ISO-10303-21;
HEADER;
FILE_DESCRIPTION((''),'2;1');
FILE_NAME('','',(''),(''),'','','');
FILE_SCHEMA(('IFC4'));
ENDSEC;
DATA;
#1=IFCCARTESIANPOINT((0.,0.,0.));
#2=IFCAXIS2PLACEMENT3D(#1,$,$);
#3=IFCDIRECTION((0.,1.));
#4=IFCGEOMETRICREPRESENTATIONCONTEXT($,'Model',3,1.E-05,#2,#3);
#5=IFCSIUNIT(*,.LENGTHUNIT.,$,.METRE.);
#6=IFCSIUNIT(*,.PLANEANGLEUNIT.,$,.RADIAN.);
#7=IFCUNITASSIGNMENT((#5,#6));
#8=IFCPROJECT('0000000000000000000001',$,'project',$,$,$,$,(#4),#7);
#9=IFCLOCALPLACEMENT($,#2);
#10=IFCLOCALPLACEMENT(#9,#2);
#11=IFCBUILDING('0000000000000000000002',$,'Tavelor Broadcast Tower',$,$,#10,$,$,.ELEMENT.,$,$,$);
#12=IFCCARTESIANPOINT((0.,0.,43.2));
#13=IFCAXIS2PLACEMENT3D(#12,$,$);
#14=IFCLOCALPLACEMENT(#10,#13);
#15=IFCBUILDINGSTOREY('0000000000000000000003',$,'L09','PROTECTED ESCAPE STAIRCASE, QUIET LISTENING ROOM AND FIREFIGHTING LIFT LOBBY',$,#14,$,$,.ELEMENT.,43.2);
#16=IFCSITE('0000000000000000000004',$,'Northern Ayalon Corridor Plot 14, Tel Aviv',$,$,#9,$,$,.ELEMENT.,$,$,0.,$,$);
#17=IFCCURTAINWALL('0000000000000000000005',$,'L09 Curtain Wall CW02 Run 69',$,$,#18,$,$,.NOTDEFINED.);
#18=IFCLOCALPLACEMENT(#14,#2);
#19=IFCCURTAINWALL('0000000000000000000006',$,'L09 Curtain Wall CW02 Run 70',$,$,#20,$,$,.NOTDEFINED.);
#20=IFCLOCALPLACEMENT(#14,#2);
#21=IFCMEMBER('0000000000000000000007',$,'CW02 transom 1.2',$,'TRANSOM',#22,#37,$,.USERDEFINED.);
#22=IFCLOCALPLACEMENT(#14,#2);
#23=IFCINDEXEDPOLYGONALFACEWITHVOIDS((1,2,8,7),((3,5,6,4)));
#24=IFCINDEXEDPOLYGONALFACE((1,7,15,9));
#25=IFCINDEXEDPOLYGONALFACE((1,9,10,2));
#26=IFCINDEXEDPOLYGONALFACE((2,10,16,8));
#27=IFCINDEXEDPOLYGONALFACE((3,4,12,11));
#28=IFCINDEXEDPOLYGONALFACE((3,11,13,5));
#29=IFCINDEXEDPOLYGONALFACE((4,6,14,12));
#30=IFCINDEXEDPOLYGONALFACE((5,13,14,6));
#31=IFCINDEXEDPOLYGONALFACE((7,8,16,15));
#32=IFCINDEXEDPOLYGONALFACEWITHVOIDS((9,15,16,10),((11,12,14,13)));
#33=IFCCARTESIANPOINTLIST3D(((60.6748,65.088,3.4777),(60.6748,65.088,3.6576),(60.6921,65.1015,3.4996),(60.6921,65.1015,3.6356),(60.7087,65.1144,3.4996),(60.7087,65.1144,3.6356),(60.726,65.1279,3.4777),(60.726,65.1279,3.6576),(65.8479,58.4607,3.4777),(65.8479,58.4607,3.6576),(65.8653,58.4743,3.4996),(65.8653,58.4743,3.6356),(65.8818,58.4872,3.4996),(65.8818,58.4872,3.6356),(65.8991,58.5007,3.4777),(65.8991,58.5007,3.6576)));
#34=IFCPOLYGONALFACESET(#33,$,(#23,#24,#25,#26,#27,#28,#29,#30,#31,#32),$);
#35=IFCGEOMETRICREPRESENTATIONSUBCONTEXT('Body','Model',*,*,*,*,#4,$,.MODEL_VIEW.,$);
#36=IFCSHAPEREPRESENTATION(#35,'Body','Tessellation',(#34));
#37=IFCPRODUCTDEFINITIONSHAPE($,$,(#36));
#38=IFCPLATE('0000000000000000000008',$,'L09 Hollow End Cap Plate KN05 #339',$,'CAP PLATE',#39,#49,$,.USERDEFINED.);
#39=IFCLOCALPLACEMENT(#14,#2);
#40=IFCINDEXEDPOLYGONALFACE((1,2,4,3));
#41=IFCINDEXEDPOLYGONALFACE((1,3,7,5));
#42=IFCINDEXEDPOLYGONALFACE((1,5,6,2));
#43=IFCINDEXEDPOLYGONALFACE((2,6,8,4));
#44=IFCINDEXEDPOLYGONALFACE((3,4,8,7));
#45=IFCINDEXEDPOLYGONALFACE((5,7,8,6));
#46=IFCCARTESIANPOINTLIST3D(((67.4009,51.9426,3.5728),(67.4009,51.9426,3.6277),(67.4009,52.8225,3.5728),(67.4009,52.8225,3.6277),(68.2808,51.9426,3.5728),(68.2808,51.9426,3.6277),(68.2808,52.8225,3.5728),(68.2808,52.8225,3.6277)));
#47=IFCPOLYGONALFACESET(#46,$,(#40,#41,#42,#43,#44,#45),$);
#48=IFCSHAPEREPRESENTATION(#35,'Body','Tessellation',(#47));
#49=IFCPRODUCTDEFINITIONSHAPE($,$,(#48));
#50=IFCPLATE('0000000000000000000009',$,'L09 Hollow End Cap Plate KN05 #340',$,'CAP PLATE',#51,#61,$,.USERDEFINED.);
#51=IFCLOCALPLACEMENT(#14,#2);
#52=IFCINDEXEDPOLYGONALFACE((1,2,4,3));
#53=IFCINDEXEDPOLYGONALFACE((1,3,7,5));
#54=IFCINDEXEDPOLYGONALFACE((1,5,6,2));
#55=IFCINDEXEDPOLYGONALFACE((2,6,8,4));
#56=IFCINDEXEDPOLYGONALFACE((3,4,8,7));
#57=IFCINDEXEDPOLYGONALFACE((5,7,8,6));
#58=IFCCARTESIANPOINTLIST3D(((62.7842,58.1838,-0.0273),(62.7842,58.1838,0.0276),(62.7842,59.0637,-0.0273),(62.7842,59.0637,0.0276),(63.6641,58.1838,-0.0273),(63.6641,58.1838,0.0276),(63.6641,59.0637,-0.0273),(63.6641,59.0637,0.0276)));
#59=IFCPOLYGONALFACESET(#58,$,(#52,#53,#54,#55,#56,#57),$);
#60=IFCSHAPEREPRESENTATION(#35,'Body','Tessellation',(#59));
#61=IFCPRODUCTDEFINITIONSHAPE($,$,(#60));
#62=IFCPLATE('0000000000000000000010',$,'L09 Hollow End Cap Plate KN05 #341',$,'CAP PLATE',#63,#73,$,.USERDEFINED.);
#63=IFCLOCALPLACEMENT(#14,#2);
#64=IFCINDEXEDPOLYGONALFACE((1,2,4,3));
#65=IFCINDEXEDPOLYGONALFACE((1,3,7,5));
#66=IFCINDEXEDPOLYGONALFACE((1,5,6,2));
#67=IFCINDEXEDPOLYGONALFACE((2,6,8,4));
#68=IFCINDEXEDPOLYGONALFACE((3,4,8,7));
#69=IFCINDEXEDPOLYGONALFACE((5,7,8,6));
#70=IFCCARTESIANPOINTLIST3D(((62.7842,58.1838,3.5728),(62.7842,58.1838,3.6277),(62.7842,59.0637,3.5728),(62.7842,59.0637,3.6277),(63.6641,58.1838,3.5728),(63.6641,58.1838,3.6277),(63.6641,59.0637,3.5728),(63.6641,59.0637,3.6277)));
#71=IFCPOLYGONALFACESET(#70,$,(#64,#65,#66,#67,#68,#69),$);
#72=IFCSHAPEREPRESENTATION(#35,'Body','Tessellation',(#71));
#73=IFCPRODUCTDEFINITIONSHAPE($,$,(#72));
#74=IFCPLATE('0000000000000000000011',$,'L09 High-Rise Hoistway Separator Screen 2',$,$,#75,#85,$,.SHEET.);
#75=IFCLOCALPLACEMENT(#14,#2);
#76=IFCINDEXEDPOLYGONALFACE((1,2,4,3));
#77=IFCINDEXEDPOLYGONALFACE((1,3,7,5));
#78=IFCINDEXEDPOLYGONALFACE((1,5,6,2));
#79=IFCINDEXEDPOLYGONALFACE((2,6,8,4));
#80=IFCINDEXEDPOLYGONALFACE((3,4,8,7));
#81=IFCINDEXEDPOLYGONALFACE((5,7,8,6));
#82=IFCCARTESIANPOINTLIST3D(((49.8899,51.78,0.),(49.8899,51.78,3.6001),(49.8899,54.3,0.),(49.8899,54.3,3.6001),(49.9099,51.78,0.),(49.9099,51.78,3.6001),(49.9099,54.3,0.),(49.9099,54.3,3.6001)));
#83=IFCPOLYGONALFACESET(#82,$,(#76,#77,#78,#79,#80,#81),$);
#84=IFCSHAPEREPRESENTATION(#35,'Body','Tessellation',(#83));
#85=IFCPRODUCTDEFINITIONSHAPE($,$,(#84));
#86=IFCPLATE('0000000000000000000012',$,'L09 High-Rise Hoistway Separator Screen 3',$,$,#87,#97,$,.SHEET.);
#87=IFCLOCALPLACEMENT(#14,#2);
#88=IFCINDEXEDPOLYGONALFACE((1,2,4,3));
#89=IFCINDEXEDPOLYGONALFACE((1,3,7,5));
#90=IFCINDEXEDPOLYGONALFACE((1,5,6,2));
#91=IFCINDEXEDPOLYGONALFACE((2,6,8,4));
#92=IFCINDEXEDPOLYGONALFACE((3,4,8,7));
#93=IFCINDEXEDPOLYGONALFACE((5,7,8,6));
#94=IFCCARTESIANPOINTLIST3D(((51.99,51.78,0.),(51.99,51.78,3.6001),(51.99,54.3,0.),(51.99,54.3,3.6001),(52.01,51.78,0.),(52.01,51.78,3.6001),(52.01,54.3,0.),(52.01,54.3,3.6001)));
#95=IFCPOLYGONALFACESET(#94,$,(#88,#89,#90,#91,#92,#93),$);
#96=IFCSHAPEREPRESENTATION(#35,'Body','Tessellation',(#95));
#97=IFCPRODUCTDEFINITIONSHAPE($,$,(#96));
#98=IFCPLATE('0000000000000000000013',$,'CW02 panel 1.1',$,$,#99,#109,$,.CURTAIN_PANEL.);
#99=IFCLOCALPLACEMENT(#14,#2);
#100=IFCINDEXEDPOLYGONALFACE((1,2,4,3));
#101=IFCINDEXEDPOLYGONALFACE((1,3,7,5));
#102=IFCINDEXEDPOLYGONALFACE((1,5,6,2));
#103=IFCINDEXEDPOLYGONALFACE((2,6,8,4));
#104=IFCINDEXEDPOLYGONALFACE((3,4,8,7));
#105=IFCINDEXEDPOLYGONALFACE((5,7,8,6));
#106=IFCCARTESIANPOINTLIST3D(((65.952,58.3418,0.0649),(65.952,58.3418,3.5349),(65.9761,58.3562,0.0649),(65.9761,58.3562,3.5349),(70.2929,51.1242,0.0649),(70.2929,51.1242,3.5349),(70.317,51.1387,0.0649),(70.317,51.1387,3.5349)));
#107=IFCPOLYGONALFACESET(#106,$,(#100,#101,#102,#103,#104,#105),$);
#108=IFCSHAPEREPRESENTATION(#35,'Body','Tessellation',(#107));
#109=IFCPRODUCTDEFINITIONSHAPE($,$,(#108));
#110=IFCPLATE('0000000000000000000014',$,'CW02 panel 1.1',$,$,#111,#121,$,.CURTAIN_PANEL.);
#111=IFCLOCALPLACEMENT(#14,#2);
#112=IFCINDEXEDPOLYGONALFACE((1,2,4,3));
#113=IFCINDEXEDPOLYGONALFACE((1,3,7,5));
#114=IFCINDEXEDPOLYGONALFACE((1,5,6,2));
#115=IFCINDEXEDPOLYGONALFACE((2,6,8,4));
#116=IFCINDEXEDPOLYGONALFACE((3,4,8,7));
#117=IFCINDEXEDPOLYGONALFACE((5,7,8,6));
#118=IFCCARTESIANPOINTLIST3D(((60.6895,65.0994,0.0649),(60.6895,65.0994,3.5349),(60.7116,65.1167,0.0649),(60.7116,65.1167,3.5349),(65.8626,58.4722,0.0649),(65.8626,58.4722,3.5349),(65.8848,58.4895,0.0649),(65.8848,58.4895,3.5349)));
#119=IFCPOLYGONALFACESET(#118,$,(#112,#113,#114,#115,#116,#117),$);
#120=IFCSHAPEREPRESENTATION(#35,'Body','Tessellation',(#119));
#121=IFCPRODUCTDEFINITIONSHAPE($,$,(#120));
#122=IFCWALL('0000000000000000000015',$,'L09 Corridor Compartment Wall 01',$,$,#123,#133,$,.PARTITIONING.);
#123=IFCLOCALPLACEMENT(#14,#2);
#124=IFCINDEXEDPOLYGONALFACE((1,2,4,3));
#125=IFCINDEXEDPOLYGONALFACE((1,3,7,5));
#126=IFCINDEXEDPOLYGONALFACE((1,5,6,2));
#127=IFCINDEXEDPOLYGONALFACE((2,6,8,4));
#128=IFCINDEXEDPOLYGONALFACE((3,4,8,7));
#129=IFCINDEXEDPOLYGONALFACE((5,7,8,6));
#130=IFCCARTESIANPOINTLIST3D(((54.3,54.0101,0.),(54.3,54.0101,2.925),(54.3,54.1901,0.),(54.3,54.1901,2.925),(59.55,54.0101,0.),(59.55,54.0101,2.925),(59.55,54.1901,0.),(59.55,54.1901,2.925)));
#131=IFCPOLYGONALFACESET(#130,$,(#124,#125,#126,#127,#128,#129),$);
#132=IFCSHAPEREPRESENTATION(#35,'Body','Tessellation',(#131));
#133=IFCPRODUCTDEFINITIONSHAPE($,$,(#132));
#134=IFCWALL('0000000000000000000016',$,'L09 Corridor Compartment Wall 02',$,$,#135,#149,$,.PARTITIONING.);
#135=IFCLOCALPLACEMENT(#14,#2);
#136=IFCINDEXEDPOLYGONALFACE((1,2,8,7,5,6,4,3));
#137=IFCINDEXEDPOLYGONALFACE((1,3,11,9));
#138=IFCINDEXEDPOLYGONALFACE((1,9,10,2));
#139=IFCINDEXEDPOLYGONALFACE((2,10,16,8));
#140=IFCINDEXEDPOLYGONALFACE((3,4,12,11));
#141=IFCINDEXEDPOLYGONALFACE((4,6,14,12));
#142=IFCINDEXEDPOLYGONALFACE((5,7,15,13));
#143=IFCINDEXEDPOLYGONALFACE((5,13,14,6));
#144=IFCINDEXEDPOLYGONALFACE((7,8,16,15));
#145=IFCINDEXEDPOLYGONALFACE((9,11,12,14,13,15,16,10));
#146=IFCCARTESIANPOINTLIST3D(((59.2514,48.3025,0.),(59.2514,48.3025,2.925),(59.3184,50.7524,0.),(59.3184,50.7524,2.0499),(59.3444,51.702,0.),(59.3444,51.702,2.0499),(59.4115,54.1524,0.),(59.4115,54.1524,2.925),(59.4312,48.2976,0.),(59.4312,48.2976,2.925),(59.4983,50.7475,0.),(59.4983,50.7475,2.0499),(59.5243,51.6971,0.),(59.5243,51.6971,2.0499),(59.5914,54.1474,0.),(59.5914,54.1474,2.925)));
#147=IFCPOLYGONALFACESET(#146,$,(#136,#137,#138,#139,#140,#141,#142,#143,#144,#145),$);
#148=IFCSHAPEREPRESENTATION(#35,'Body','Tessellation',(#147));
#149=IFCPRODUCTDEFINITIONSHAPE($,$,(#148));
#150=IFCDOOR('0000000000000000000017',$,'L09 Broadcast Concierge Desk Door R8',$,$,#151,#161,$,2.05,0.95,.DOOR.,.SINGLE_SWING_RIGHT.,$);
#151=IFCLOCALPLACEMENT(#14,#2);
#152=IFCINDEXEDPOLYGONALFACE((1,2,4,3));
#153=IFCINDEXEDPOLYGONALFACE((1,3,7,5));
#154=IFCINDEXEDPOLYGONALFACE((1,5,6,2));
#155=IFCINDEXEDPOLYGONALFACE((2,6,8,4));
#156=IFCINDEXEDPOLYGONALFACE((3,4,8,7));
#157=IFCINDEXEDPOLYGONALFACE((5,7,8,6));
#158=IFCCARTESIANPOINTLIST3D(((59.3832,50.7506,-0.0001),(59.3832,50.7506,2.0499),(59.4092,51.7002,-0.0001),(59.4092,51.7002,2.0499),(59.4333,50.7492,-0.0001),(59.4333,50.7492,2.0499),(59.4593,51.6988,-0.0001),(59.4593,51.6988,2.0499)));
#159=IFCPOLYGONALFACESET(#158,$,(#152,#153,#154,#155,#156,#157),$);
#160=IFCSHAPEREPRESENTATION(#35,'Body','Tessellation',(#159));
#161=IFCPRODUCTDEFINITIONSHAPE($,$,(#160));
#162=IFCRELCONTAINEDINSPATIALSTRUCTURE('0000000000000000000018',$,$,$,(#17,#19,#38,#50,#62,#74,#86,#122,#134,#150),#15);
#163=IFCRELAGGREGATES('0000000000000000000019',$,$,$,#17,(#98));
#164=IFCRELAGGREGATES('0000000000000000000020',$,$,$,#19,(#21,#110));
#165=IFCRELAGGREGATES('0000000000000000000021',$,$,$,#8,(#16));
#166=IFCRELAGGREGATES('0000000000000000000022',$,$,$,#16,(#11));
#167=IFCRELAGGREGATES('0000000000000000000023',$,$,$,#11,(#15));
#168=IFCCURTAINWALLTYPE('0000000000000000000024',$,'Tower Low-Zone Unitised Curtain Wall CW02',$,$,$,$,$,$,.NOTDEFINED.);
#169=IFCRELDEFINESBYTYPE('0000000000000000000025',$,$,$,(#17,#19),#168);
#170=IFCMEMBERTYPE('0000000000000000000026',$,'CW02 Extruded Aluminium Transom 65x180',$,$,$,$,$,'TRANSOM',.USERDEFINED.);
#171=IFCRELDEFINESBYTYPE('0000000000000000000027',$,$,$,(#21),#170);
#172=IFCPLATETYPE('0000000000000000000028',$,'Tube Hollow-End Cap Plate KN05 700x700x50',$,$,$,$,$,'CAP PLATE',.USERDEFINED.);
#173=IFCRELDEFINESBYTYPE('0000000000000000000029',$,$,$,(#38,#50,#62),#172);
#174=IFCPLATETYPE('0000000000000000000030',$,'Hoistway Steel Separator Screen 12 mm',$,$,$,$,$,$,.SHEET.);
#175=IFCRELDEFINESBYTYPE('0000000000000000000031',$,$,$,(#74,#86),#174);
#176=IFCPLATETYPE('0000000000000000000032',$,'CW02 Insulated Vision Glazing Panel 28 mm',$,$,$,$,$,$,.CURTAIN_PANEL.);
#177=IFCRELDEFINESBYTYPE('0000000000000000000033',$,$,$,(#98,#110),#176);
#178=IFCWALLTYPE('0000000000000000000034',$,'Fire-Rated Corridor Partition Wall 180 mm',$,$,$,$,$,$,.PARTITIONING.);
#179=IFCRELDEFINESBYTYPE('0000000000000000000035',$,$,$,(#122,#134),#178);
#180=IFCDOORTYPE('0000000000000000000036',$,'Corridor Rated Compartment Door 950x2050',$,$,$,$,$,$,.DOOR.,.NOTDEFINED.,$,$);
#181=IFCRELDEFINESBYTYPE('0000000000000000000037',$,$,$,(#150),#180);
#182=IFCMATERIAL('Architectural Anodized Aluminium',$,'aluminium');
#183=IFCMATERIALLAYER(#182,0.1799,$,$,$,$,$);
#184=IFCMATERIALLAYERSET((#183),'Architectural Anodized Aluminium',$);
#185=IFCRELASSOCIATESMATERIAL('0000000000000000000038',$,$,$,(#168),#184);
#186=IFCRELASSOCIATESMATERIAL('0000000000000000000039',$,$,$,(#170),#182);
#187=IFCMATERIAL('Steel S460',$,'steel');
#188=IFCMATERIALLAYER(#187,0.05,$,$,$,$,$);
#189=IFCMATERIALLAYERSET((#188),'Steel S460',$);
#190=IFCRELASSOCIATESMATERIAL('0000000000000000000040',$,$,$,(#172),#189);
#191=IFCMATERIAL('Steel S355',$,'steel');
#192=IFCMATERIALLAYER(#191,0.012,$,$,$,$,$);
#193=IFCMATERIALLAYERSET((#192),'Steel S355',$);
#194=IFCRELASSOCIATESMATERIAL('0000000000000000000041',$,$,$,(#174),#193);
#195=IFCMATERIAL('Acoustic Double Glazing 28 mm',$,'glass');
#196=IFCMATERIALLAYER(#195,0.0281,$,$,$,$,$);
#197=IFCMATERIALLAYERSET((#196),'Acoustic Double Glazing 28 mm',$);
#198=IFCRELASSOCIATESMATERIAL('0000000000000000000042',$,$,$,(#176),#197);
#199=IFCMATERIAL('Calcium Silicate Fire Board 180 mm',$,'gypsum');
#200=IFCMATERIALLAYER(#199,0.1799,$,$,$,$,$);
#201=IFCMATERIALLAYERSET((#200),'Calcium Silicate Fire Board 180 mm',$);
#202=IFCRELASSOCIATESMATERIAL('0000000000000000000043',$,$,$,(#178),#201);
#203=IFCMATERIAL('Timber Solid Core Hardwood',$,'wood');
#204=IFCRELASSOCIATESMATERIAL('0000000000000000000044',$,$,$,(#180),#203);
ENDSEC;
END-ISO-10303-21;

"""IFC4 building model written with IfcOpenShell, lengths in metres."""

from ifc_helpers import new_model, si_unit, direction, frame, frame_2d, origin, origin_2d, place, context, subcontext, project, spatial, rectangle, hollow_rectangle, extrude, source, transform, mapped, material, layer, layer_set, material_profile, profile_set, type_object, type_shapes, element, fill, aggregate, save


model = new_model("IFC4")

# Units and contexts
model_context = context("Model", 3, precision=1e-05, world=origin(), true_north=direction((0.0, 1.0)))
body_context = subcontext(model_context, "Body", "Model", "MODEL_VIEW")
ifc_project = project(units=[si_unit("LENGTHUNIT", "METRE"), si_unit("PLANEANGLEUNIT", "RADIAN")], contexts=[model_context])

# Site, building, storey
site_placement = place(None, origin())
site = spatial("IfcSite", under=ifc_project, at=site_placement, Name="Northern Ayalon Corridor Plot 14, Tel Aviv", CompositionType="ELEMENT", RefElevation=0.0)
building_placement = place(site_placement, origin())
building = spatial("IfcBuilding", under=site, at=building_placement, Name="Tavelor Broadcast Tower", CompositionType="ELEMENT")
storey_placement = place(building_placement, frame((0.0, 0.0, 43.2)))
storey = spatial("IfcBuildingStorey", under=building, at=storey_placement, Name="L09", Description="PROTECTED ESCAPE STAIRCASE, QUIET LISTENING ROOM AND FIREFIGHTING LIFT LOBBY", CompositionType="ELEMENT", Elevation=43.2)

# Shared definitions
ifc_material_1 = material(Name="Steel S460", Category="steel")

# Shared definitions
ifc_material_2 = material(Name="Steel S355", Category="steel")

# Curtain wall
ifc_material_3 = material(Name="Architectural Anodized Aluminium", Category="aluminium")
ifc_layer_1 = layer(ifc_material_3, 0.1799)
ifc_layer_set_1 = layer_set([ifc_layer_1], Name="Architectural Anodized Aluminium")
curtain_wall_type = type_object("IfcCurtainWallType", Name="Tower Low-Zone Unitised Curtain Wall CW02", PredefinedType="NOTDEFINED", material=ifc_layer_set_1)
curtain_wall_1_placement = place(storey_placement, origin())
curtain_wall_1 = element("IfcCurtainWall", 1, at=curtain_wall_1_placement, inside=storey, type_object=curtain_wall_type, Name="L09 Curtain Wall CW02 Run 69", PredefinedType="NOTDEFINED")

# Curtain wall, member
curtain_wall_2_placement = place(storey_placement, origin())
curtain_wall_2 = element("IfcCurtainWall", 2, at=curtain_wall_2_placement, inside=storey, type_object=curtain_wall_type, Name="L09 Curtain Wall CW02 Run 70", PredefinedType="NOTDEFINED")
ifc_material_profile_1 = material_profile(ifc_material_3, hollow_rectangle(XDim=0.0649, YDim=0.1799, WallThickness=0.022, at=origin_2d()), Name="RHS 65x180x22")
ifc_profile_set_1 = profile_set([ifc_material_profile_1], Name="Architectural Anodized Aluminium")
member_type_1 = type_object("IfcMemberType", Name="CW02 Extruded Aluminium Transom 65x180", ElementType="TRANSOM", PredefinedType="USERDEFINED", material=ifc_profile_set_1)
shared_shape_1 = source(origin(), body_context, "Body", "SweptSolid", [
    extrude(hollow_rectangle(XDim=0.0649, YDim=0.1799, WallThickness=0.022, at=origin_2d()), origin(), (0.0, 0.0, 1.0), 8.4072),
])
type_shapes(member_type_1, [shared_shape_1])
member_1_placement = place(storey_placement, frame((65.8735, 58.4807, 3.5676), z_axis=(-0.615319, 0.788278, 0.0), x_axis=(-0.788278, -0.615319, 0.0)))
member_1 = element("IfcMember", 3, at=member_1_placement, type_object=member_type_1, Name="CW02 transom 1.2", ObjectType="TRANSOM", PredefinedType="USERDEFINED", context=body_context, shape_type="MappedRepresentation", body=[
    mapped(shared_shape_1, transform((0.0, 0.0, 0.0), scale=1.0)),
])

# Plates
ifc_layer_2 = layer(ifc_material_1, 0.05)
ifc_layer_set_2 = layer_set([ifc_layer_2], Name="Steel S460")
plate_type_1 = type_object("IfcPlateType", Name="Tube Hollow-End Cap Plate KN05 700x700x50", ElementType="CAP PLATE", PredefinedType="USERDEFINED", material=ifc_layer_set_2)
shared_shape_2 = source(origin(), body_context, "Body", "SweptSolid", [
    extrude(rectangle(XDim=0.8799, YDim=0.8799, at=origin_2d()), origin(), (0.0, 0.0, 1.0), 0.0549),
])
type_shapes(plate_type_1, [shared_shape_2])
for number, where, z_axis, x_axis, name in (
    (4, (67.8408, 52.3826, 3.5728), (0.0, 0.0, 1.0), (1.0, 0.0, 0.0), "L09 Hollow End Cap Plate KN05 #339"),
    (5, (63.2241, 58.6238, -0.0273), (0.0, 0.0, 1.0), (1.0, 0.0, 0.0), "L09 Hollow End Cap Plate KN05 #340"),
    (6, (63.2241, 58.6238, 3.5728), (0.0, 0.0, 1.0), (1.0, 0.0, 0.0), "L09 Hollow End Cap Plate KN05 #341"),
):
    element("IfcPlate", number, at=place(storey_placement, frame(where, z_axis=z_axis, x_axis=x_axis)), inside=storey, type_object=plate_type_1, Name=name, ObjectType="CAP PLATE", PredefinedType="USERDEFINED", context=body_context, shape_type="MappedRepresentation", body=[
        mapped(shared_shape_2, transform((0.0, 0.0, 0.0), scale=1.0)),
    ])
ifc_layer_3 = layer(ifc_material_2, 0.012)
ifc_layer_set_3 = layer_set([ifc_layer_3], Name="Steel S355")
plate_type_2 = type_object("IfcPlateType", Name="Hoistway Steel Separator Screen 12 mm", PredefinedType="SHEET", material=ifc_layer_set_3)
shared_shape_3 = source(origin(), body_context, "Body", "SweptSolid", [
    extrude(rectangle(XDim=0.02, YDim=2.52, at=origin_2d()), origin(), (0.0, 0.0, 1.0), 3.6001),
])
type_shapes(plate_type_2, [shared_shape_3])
for number, where, z_axis, x_axis, name in (
    (7, (49.8999, 53.04, 0.0), (0.0, 0.0, 1.0), (1.0, 0.0, 0.0), "L09 High-Rise Hoistway Separator Screen 2"),
    (8, (52.0, 53.04, 0.0), (0.0, 0.0, 1.0), (1.0, 0.0, 0.0), "L09 High-Rise Hoistway Separator Screen 3"),
):
    element("IfcPlate", number, at=place(storey_placement, frame(where, z_axis=z_axis, x_axis=x_axis)), inside=storey, type_object=plate_type_2, Name=name, PredefinedType="SHEET", context=body_context, shape_type="MappedRepresentation", body=[
        mapped(shared_shape_3, transform((0.0, 0.0, 0.0), scale=1.0)),
    ])

# Plates
ifc_material_4 = material(Name="Acoustic Double Glazing 28 mm", Category="glass")
ifc_layer_4 = layer(ifc_material_4, 0.0281)
ifc_layer_set_4 = layer_set([ifc_layer_4], Name="Acoustic Double Glazing 28 mm")
plate_type_3 = type_object("IfcPlateType", Name="CW02 Insulated Vision Glazing Panel 28 mm", PredefinedType="CURTAIN_PANEL", material=ifc_layer_set_4)
shared_shape_4 = source(origin(), body_context, "Body", "SweptSolid", [
    extrude(rectangle(XDim=8.4224, YDim=0.0281, at=origin_2d()), origin(), (0.0, 0.0, 1.0), 3.47),
])
plate_1_placement = place(storey_placement, frame((68.1345, 54.7402, 0.0649), z_axis=(0.0, 0.0, 1.0), x_axis=(-0.515403, 0.856948, 0.0)))
plate_1 = element("IfcPlate", 9, at=plate_1_placement, type_object=plate_type_3, Name="CW02 panel 1.1", PredefinedType="CURTAIN_PANEL", context=body_context, shape_type="MappedRepresentation", body=[
    mapped(shared_shape_4, transform((0.0, 0.0, 0.0), scale=1.0)),
])
aggregate(curtain_wall_1, [plate_1])
shared_shape_5 = source(origin(), body_context, "Body", "SweptSolid", [
    extrude(rectangle(XDim=8.4072, YDim=0.0281, at=origin_2d()), origin(), (0.0, 0.0, 1.0), 3.47),
])
type_shapes(plate_type_3, [shared_shape_4, shared_shape_5])
plate_2_placement = place(storey_placement, frame((63.2871, 61.7944, 0.0649), z_axis=(0.0, 0.0, 1.0), x_axis=(-0.615326, 0.788273, 0.0)))
plate_2 = element("IfcPlate", 10, at=plate_2_placement, type_object=plate_type_3, Name="CW02 panel 1.1", PredefinedType="CURTAIN_PANEL", context=body_context, shape_type="MappedRepresentation", body=[
    mapped(shared_shape_5, transform((0.0, 0.0, 0.0), scale=1.0)),
])
aggregate(curtain_wall_2, [member_1, plate_2])

# Wall
ifc_material_5 = material(Name="Calcium Silicate Fire Board 180 mm", Category="gypsum")
ifc_layer_5 = layer(ifc_material_5, 0.1799)
ifc_layer_set_5 = layer_set([ifc_layer_5], Name="Calcium Silicate Fire Board 180 mm")
wall_type_1 = type_object("IfcWallType", Name="Fire-Rated Corridor Partition Wall 180 mm", PredefinedType="PARTITIONING", material=ifc_layer_set_5)
wall_1_placement = place(storey_placement, frame((54.3, 54.1001, 0.0), z_axis=(0.0, 0.0, 1.0), x_axis=(1.0, 0.0, 0.0)))
element("IfcWall", 11, at=wall_1_placement, inside=storey, type_object=wall_type_1, Name="L09 Corridor Compartment Wall 01", PredefinedType="PARTITIONING", context=body_context, shape_type="SweptSolid", body=[
    extrude(rectangle(XDim=5.25, YDim=0.1799, at=frame_2d((2.625, 0.0))), origin(), (0.0, 0.0, 1.0), 2.925),
])

# Wall, opening, door
wall_2_placement = place(storey_placement, frame((59.5015, 54.1499, 0.0), z_axis=(0.0, 0.0, 1.0), x_axis=(-0.027368, -0.999625, 0.0)))
wall_2 = element("IfcWall", 12, at=wall_2_placement, inside=storey, type_object=wall_type_1, Name="L09 Corridor Compartment Wall 02", PredefinedType="PARTITIONING", context=body_context, shape_type="SweptSolid", body=[
    extrude(rectangle(XDim=5.8521, YDim=0.1799, at=frame_2d((2.926, 0.0))), origin(), (0.0, 0.0, 1.0), 2.925),
])
opening_1_placement = place(wall_2_placement, frame((2.4512, 0.0, 0.0)))
opening_1 = element("IfcOpeningElement", 13, at=opening_1_placement, cuts=wall_2, PredefinedType="OPENING", context=body_context, shape_type="SweptSolid", body=[
    extrude(rectangle(XDim=0.95, YDim=2.05, at=frame_2d((0.4751, 1.0249))), frame((0.0, 0.1001, 0.0), z_axis=(0.0, -1.0, 0.0), x_axis=(1.0, 0.0, 0.0)), (0.0, 0.0, 1.0), 0.2),
])
ifc_material_6 = material(Name="Timber Solid Core Hardwood", Category="wood")
door_type = type_object("IfcDoorType", Name="Corridor Rated Compartment Door 950x2050", OperationType="NOTDEFINED", PredefinedType="DOOR", material=ifc_material_6)
door_1_placement = place(opening_1_placement, origin())
door_1 = element("IfcDoor", 14, at=door_1_placement, inside=storey, type_object=door_type, Name="L09 Broadcast Concierge Desk Door R8", OperationType="SINGLE_SWING_RIGHT", OverallHeight=2.05, OverallWidth=0.95, PredefinedType="DOOR", context=body_context, shape_type="SweptSolid", body=[
    extrude(rectangle(XDim=0.95, YDim=2.05, at=frame_2d((0.4751, 1.0249))), frame((0.0, 0.0249, 0.0), z_axis=(0.0, -1.0, 0.0), x_axis=(1.0, 0.0, 0.0)), (0.0, 0.0, 1.0), 0.05),
])
fill(opening_1, door_1)

save(model, "model.ifc")
